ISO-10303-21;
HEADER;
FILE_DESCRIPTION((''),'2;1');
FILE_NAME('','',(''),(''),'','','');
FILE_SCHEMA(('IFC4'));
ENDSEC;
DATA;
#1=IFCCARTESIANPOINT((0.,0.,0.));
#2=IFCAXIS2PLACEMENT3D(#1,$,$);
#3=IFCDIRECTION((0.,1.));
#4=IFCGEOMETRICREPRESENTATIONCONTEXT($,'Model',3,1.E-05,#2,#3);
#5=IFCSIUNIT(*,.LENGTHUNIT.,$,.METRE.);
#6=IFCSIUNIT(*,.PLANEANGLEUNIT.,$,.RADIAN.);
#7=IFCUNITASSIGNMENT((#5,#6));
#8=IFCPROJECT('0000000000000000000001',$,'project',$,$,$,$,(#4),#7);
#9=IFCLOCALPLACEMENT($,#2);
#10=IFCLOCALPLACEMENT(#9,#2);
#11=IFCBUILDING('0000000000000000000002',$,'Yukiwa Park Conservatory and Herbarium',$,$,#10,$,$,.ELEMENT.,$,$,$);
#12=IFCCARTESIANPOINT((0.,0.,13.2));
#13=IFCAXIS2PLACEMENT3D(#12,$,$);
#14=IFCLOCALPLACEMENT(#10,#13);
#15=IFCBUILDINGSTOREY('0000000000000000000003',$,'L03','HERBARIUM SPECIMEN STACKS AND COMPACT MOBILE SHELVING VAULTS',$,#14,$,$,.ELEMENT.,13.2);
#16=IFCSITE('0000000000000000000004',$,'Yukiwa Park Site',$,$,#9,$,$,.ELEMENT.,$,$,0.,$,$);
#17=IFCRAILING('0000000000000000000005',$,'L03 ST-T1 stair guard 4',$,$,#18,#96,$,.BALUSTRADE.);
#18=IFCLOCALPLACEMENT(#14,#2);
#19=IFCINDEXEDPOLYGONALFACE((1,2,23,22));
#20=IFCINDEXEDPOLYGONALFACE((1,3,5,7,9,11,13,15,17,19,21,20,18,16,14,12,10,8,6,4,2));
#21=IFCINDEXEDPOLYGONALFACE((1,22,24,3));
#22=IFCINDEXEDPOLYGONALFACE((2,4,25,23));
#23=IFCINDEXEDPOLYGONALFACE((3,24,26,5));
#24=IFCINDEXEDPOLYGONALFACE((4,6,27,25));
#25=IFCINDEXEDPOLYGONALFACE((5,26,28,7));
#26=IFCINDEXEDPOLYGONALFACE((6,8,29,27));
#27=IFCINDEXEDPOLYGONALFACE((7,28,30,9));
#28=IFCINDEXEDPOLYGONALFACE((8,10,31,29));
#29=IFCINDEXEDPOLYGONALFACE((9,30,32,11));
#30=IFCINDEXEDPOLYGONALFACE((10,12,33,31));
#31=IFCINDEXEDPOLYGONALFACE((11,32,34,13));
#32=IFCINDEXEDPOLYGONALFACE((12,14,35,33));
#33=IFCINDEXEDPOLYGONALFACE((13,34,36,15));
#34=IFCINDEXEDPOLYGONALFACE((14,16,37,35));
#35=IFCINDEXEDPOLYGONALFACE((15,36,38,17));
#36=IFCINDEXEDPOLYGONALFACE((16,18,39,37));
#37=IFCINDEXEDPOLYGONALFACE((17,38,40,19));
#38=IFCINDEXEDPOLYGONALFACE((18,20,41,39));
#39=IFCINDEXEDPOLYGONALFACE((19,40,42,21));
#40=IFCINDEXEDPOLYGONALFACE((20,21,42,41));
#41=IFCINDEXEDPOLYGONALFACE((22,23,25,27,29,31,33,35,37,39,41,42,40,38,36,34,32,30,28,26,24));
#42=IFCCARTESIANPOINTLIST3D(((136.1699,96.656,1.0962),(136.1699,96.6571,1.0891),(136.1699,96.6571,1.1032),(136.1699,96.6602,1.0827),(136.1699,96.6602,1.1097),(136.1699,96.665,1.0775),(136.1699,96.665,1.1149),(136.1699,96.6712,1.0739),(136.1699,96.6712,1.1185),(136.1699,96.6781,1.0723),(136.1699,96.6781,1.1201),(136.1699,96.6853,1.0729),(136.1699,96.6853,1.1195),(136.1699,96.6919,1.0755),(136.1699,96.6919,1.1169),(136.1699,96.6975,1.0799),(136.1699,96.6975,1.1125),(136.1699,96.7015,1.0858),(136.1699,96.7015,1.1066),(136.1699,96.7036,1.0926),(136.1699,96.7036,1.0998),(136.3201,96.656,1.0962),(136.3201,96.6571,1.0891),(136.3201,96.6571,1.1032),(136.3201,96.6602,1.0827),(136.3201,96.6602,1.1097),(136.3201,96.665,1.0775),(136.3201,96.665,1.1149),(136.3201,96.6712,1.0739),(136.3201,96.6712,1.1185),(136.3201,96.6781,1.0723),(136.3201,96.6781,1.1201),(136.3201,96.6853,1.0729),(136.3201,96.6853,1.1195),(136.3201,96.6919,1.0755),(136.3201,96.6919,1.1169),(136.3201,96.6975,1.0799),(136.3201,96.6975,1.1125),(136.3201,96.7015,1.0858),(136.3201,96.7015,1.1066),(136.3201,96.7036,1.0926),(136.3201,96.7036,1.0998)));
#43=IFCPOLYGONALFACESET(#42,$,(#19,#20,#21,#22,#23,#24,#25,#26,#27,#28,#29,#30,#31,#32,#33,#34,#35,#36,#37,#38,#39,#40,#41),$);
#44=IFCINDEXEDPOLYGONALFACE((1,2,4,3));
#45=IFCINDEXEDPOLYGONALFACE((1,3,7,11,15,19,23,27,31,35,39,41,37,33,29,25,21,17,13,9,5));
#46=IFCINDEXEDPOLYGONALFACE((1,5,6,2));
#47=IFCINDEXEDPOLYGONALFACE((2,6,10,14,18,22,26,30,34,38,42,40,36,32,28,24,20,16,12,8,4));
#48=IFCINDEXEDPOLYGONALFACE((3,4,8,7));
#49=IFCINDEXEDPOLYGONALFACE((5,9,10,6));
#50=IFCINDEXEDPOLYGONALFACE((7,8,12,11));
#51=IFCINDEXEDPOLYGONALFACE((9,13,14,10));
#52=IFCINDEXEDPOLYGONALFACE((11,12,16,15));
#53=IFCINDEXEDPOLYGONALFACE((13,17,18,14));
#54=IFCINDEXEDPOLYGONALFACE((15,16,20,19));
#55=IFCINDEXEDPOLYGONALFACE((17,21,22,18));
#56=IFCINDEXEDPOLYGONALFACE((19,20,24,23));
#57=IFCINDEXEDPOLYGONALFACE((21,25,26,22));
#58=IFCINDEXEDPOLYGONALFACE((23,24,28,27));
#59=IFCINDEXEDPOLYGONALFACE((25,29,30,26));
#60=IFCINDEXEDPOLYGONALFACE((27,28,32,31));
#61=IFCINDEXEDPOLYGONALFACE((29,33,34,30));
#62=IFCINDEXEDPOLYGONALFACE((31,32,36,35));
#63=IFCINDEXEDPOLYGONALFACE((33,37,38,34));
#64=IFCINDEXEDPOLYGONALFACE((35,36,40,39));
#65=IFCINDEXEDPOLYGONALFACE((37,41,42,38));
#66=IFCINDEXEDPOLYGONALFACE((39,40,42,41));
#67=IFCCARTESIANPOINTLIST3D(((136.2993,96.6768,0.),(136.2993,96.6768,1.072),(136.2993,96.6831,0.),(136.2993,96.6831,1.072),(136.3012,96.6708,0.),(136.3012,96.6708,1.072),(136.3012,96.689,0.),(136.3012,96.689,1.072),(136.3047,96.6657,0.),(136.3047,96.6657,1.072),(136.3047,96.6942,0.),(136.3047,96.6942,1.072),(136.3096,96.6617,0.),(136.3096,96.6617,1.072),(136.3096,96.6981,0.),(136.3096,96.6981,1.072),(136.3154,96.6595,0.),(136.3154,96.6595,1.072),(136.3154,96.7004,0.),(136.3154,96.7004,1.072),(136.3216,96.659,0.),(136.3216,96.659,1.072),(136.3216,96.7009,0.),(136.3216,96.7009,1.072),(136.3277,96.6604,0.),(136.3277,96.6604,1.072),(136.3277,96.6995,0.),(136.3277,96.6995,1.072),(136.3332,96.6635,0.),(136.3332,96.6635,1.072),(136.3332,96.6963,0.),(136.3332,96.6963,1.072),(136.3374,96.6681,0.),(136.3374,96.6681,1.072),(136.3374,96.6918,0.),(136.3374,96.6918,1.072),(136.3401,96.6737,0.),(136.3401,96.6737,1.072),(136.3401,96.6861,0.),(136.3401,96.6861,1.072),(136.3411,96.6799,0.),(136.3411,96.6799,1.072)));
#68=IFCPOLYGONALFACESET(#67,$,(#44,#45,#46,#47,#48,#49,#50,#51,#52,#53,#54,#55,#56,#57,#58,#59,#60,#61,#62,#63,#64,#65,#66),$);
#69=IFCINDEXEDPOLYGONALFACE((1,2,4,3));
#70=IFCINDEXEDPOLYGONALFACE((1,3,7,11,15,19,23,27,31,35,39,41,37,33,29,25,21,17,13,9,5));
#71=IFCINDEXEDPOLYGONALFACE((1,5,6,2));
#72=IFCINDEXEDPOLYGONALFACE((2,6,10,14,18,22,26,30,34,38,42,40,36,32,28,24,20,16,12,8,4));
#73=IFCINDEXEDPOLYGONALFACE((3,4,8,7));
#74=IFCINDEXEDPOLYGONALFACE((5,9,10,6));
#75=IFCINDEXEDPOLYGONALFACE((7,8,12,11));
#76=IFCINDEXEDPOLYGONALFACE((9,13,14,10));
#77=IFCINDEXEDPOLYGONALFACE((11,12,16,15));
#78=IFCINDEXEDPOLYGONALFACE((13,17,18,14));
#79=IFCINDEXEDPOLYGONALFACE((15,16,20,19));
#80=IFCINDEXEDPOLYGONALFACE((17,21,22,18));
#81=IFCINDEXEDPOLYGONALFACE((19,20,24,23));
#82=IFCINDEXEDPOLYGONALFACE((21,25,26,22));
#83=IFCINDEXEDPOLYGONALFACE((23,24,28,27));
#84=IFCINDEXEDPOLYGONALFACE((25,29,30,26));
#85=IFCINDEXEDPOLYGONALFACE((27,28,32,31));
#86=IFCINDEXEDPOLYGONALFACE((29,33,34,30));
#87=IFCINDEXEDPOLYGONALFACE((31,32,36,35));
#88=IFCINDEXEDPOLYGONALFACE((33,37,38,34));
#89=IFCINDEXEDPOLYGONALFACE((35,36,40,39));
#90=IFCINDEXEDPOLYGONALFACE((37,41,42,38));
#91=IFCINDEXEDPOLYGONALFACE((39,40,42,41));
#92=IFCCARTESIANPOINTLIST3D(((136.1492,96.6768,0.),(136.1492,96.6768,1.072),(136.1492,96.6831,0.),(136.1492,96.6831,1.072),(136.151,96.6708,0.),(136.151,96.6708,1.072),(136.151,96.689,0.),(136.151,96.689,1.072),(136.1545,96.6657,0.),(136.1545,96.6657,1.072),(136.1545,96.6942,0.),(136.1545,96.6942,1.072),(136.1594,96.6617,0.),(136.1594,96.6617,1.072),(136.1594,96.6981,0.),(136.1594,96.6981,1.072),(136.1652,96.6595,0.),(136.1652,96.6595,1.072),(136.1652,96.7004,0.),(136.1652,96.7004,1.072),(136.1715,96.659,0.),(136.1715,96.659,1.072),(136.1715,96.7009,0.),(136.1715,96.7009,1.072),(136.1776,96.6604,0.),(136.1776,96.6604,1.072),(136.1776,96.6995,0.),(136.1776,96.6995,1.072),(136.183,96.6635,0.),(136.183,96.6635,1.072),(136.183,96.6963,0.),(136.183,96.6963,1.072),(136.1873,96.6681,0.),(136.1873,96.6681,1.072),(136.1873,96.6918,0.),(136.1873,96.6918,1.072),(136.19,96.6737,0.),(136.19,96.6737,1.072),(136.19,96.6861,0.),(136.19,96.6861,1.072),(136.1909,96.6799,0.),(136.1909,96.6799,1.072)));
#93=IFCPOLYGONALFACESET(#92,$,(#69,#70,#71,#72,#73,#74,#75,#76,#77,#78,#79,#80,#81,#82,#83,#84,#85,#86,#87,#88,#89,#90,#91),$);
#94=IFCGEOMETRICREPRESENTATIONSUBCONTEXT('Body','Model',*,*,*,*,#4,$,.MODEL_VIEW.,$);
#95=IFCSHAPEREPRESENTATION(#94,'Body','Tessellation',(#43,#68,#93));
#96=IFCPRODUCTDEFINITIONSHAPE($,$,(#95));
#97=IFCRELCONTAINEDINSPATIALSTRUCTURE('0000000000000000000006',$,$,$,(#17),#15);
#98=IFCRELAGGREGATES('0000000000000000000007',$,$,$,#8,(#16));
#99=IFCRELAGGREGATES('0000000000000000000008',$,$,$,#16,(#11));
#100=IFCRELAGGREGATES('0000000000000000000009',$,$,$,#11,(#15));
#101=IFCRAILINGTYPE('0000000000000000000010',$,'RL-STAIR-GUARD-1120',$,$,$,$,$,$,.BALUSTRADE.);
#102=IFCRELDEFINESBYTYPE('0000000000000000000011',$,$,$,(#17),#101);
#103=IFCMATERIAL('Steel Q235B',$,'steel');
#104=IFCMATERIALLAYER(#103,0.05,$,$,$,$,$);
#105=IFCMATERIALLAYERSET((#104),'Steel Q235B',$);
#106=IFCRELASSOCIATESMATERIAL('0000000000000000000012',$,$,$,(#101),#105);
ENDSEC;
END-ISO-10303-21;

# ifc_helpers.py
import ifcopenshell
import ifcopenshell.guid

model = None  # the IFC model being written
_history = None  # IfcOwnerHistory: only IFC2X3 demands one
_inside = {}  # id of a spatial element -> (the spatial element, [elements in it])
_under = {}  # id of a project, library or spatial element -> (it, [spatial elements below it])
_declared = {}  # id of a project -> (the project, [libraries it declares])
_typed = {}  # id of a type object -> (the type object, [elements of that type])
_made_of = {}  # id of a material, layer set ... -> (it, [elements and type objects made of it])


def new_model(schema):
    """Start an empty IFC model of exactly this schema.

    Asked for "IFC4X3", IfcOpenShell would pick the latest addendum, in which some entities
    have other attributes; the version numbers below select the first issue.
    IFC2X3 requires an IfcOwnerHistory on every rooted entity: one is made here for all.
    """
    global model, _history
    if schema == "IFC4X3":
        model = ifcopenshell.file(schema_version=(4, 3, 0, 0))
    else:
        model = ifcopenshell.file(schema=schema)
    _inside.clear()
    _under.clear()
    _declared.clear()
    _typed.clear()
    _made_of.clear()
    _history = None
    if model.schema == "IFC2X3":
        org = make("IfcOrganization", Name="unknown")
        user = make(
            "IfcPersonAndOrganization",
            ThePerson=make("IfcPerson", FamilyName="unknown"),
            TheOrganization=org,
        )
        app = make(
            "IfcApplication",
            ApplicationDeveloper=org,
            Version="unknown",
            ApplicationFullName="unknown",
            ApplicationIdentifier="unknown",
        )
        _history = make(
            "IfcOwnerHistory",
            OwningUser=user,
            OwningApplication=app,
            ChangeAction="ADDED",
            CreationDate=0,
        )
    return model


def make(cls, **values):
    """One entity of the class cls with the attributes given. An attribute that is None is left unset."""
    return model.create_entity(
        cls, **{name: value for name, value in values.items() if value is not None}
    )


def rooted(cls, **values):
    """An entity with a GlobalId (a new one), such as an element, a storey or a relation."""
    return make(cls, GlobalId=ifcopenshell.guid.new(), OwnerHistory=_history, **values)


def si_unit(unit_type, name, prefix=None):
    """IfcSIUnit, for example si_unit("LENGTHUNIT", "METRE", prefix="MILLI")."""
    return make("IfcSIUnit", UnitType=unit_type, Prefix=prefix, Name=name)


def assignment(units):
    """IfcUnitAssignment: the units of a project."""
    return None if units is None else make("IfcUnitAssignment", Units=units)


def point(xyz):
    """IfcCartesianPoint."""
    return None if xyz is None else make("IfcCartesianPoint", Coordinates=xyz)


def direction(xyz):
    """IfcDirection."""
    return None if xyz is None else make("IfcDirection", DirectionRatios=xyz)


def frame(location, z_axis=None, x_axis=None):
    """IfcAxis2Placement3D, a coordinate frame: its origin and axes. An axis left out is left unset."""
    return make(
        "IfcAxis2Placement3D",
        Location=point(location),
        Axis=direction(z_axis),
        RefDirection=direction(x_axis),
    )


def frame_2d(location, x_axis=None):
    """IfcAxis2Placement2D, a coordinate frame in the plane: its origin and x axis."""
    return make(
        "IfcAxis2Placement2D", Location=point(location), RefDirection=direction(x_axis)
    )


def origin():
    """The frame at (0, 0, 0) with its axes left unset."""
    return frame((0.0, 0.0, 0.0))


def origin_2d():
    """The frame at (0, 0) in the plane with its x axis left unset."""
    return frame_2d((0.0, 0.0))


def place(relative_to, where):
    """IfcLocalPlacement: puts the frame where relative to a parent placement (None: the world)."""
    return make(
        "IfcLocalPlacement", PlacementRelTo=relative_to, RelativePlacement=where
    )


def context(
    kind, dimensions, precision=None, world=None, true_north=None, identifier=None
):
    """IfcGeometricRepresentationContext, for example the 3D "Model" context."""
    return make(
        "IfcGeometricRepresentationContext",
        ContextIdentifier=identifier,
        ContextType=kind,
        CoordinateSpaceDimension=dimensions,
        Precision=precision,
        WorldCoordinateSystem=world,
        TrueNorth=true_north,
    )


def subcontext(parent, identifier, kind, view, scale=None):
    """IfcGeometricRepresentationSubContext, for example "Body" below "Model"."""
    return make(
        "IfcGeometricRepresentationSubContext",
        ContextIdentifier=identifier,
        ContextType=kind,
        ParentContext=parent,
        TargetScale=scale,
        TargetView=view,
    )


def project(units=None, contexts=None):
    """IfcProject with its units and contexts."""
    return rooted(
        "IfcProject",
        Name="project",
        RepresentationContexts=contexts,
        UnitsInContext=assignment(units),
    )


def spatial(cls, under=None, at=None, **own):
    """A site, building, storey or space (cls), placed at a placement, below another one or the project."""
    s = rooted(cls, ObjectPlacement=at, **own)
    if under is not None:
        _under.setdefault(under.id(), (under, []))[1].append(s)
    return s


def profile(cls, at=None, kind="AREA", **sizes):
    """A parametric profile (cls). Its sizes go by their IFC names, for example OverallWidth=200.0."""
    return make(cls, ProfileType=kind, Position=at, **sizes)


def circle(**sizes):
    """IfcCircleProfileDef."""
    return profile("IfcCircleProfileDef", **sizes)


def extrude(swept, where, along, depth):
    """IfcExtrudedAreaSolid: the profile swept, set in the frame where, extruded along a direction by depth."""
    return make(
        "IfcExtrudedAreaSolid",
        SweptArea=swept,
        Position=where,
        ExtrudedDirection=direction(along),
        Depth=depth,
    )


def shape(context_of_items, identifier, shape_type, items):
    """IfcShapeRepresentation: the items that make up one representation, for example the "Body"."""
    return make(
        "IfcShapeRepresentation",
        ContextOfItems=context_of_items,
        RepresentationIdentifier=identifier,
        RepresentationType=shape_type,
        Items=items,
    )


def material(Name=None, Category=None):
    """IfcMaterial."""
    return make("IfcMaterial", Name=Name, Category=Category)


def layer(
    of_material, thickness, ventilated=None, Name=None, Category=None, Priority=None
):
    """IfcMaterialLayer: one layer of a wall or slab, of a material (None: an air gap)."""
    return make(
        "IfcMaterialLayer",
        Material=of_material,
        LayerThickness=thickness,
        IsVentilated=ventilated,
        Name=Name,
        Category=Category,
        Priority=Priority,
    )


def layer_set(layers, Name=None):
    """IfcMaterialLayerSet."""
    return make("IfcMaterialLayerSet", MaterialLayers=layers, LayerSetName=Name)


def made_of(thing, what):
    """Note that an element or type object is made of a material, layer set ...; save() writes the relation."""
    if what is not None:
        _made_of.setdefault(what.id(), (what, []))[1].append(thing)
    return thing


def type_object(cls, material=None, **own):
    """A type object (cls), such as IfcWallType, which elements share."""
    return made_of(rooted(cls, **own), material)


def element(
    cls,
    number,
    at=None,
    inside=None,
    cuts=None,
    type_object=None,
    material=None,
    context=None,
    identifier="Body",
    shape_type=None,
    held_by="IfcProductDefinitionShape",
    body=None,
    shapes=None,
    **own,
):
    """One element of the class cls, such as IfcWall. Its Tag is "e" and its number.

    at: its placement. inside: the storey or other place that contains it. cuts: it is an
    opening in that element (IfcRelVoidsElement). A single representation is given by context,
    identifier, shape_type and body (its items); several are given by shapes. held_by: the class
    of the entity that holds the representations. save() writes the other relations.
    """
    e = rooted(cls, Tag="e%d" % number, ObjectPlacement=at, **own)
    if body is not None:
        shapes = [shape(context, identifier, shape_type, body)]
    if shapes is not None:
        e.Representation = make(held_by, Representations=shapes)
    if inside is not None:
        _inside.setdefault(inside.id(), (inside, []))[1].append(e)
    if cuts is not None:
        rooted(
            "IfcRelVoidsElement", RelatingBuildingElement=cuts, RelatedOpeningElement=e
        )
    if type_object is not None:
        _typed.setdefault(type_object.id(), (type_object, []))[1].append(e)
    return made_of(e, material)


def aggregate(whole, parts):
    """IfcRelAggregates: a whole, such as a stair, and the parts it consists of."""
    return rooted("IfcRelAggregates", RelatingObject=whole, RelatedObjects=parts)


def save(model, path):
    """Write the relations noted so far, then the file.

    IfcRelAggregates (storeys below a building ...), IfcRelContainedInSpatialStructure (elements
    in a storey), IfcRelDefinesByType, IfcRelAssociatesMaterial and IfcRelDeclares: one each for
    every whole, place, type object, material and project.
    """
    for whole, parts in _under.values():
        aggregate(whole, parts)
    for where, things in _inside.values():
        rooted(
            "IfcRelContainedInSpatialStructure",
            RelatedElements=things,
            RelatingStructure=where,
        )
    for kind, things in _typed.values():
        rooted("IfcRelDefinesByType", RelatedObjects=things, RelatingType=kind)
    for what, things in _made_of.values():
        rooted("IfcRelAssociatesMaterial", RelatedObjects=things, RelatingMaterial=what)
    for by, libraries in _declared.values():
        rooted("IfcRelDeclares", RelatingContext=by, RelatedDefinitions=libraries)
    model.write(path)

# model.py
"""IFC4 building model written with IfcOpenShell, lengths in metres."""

from ifc_helpers import new_model, si_unit, direction, frame, origin, origin_2d, place, context, subcontext, project, spatial, circle, extrude, material, layer, layer_set, type_object, element, save


model = new_model("IFC4")

# Units and contexts
model_context = context("Model", 3, precision=1e-05, world=origin(), true_north=direction((0.0, 1.0)))
body_context = subcontext(model_context, "Body", "Model", "MODEL_VIEW")
ifc_project = project(units=[si_unit("LENGTHUNIT", "METRE"), si_unit("PLANEANGLEUNIT", "RADIAN")], contexts=[model_context])

# Site, building, storey
site_placement = place(None, origin())
site = spatial("IfcSite", under=ifc_project, at=site_placement, Name="Yukiwa Park Site", CompositionType="ELEMENT", RefElevation=0.0)
building_placement = place(site_placement, origin())
building = spatial("IfcBuilding", under=site, at=building_placement, Name="Yukiwa Park Conservatory and Herbarium", CompositionType="ELEMENT")
storey_placement = place(building_placement, frame((0.0, 0.0, 13.2)))
storey = spatial("IfcBuildingStorey", under=building, at=storey_placement, Name="L03", Description="HERBARIUM SPECIMEN STACKS AND COMPACT MOBILE SHELVING VAULTS", CompositionType="ELEMENT", Elevation=13.2)

# Railing
ifc_material_1 = material(Name="Steel Q235B", Category="steel")
ifc_layer_1 = layer(ifc_material_1, 0.05)
ifc_layer_set_1 = layer_set([ifc_layer_1], Name="Steel Q235B")
railing_type_1 = type_object("IfcRailingType", Name="RL-STAIR-GUARD-1120", PredefinedType="BALUSTRADE", material=ifc_layer_set_1)
railing_1_placement = place(storey_placement, frame((136.3201, 96.6799, 0.0)))
element("IfcRailing", 1, at=railing_1_placement, inside=storey, type_object=railing_type_1, Name="L03 ST-T1 stair guard 4", PredefinedType="BALUSTRADE", context=body_context, shape_type="SweptSolid", body=[
    extrude(circle(Radius=0.0239, at=origin_2d()), frame((0.0, 0.0, 1.0962), z_axis=(-1.0, 0.0, 0.0), x_axis=(0.0, -1.0, 0.0)), (0.0, 0.0, 1.0), 0.1501),
    extrude(circle(Radius=0.021, at=origin_2d()), origin(), (0.0, 0.0, 1.0), 1.072),
    extrude(circle(Radius=0.021, at=origin_2d()), frame((-0.1501, 0.0, 0.0)), (0.0, 0.0, 1.0), 1.072),
])

save(model, "model.ifc")
